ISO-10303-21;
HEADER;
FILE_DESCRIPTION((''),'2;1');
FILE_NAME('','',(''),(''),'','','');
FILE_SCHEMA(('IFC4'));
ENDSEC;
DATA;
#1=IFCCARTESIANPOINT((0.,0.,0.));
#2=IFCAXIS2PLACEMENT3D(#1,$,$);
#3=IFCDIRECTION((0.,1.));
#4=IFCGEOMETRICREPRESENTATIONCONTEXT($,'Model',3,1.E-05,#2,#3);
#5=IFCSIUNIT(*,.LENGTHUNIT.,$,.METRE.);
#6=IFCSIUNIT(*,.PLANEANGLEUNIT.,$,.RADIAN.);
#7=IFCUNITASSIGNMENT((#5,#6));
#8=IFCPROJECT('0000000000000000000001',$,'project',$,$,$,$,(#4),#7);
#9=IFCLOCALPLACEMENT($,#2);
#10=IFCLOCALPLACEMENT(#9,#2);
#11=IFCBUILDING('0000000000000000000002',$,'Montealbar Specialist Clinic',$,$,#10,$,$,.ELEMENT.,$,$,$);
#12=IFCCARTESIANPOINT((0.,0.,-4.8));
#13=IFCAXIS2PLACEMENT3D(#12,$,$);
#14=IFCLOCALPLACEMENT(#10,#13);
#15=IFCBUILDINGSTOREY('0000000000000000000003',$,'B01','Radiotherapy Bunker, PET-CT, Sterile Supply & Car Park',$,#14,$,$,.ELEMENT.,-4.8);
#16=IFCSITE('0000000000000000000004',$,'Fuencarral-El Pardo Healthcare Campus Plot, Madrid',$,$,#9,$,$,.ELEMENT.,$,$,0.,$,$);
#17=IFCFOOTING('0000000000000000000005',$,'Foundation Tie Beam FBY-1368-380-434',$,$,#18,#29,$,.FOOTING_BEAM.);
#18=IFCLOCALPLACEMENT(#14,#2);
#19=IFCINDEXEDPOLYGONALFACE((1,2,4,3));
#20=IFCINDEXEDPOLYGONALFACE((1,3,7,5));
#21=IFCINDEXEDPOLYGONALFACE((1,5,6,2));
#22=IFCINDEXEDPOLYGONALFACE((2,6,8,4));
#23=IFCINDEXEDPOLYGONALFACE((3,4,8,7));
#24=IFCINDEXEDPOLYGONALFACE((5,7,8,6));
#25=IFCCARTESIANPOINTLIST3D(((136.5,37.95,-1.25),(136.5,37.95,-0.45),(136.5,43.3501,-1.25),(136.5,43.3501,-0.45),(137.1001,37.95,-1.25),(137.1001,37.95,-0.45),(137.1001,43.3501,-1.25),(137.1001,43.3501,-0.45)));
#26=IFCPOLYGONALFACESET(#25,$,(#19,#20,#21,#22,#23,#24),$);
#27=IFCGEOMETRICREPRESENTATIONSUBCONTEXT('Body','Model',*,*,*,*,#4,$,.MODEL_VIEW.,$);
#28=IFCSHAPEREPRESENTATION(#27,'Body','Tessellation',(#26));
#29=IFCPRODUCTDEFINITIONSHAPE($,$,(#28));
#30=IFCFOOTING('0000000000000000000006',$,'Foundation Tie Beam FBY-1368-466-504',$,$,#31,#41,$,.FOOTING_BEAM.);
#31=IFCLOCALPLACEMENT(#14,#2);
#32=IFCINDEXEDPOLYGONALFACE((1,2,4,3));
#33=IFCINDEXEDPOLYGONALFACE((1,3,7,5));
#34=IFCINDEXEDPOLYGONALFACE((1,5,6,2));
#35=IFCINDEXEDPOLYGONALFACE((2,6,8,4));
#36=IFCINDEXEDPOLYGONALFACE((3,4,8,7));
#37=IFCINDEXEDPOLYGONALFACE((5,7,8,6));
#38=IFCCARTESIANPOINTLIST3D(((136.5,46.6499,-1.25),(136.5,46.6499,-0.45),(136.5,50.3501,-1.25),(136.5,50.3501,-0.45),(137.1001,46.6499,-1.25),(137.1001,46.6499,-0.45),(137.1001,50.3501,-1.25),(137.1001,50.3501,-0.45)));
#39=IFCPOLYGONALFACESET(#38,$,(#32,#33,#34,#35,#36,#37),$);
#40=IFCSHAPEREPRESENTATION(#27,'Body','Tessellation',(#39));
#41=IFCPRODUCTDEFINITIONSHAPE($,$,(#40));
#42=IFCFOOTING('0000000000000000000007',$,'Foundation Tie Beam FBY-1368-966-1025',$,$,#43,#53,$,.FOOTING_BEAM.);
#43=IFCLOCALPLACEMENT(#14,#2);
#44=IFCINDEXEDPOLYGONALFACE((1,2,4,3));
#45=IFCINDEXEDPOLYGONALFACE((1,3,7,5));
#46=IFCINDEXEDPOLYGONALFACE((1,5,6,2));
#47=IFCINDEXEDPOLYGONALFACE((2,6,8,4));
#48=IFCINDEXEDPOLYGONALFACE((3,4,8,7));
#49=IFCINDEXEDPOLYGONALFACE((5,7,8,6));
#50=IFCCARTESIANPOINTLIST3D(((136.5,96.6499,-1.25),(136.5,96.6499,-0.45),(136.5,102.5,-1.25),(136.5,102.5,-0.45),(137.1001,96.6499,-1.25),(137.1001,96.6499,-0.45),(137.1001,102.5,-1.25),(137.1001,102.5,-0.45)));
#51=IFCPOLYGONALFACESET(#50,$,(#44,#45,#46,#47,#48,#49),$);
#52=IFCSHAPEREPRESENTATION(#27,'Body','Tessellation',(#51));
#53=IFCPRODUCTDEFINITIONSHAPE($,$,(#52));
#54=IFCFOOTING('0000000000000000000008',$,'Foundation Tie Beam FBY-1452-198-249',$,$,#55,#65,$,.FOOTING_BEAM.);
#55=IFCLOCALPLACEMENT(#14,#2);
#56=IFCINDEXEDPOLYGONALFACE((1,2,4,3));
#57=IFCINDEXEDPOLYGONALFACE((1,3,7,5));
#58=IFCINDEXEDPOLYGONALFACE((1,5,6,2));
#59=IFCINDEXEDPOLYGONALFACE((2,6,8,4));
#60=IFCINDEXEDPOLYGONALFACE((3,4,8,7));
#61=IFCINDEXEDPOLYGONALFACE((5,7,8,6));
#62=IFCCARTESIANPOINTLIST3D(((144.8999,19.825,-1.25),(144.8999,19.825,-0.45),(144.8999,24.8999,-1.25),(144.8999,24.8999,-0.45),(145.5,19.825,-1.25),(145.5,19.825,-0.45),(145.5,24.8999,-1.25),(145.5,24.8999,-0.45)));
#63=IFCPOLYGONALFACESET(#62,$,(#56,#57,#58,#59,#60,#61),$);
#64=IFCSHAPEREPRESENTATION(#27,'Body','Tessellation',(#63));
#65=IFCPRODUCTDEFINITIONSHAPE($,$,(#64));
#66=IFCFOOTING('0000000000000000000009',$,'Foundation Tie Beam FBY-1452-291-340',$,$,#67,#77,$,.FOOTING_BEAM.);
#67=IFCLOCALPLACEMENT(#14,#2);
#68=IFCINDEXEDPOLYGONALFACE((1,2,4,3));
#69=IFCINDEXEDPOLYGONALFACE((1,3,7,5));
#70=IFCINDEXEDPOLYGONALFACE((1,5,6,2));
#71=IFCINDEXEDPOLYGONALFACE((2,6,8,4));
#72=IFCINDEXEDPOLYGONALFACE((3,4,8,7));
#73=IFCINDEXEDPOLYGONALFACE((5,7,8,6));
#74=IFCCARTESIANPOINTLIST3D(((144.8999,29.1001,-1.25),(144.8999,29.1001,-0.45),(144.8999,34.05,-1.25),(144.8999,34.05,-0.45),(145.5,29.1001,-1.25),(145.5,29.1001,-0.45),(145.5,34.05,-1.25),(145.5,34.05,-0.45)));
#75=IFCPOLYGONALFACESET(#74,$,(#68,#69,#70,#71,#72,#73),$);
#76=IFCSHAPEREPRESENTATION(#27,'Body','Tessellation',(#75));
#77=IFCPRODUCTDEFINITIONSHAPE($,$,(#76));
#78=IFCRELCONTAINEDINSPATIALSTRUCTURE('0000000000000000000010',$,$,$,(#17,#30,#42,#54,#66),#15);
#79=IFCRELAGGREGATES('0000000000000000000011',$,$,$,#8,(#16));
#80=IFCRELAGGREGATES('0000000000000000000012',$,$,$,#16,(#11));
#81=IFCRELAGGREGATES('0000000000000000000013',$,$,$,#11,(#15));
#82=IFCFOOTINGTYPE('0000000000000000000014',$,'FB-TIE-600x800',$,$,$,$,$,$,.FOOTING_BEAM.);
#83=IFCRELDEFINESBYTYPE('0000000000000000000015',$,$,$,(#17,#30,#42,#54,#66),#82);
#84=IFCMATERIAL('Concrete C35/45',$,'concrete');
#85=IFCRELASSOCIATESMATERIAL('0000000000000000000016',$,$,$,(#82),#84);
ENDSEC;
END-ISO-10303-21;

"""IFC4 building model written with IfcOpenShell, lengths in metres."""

from ifc_helpers import new_model, si_unit, direction, frame, origin, place, context, subcontext, project, spatial, polyline, outline, extrude, material, type_object, element, save


model = new_model("IFC4")

# Units and contexts
model_context = context("Model", 3, precision=1e-05, world=origin(), true_north=direction((0.0, 1.0)))
body_context = subcontext(model_context, "Body", "Model", "MODEL_VIEW")
ifc_project = project(units=[si_unit("LENGTHUNIT", "METRE"), si_unit("PLANEANGLEUNIT", "RADIAN")], contexts=[model_context])

# Site, building, storey
site_placement = place(None, origin())
site = spatial("IfcSite", under=ifc_project, at=site_placement, Name="Fuencarral-El Pardo Healthcare Campus Plot, Madrid", CompositionType="ELEMENT", RefElevation=0.0)
building_placement = place(site_placement, origin())
building = spatial("IfcBuilding", under=site, at=building_placement, Name="Montealbar Specialist Clinic", CompositionType="ELEMENT")
storey_placement = place(building_placement, frame((0.0, 0.0, -4.8)))
storey = spatial("IfcBuildingStorey", under=building, at=storey_placement, Name="B01", Description="Radiotherapy Bunker, PET-CT, Sterile Supply & Car Park", CompositionType="ELEMENT", Elevation=-4.8)

# Footings
ifc_material = material(Name="Concrete C35/45", Category="concrete")
footing_type = type_object("IfcFootingType", Name="FB-TIE-600x800", PredefinedType="FOOTING_BEAM", material=ifc_material)
footing_1_placement = place(storey_placement, frame((0.0, 0.0, -1.25)))
element("IfcFooting", 1, at=footing_1_placement, inside=storey, type_object=footing_type, Name="Foundation Tie Beam FBY-1368-380-434", PredefinedType="FOOTING_BEAM", context=body_context, shape_type="SweptSolid", body=[
    extrude(outline(polyline([(136.5, 37.95), (137.1001, 37.95), (137.1001, 43.3501), (136.5, 43.3501), (136.5, 37.95)])), origin(), (0.0, 0.0, 1.0), 0.8),
])
footing_2_placement = place(storey_placement, frame((0.0, 0.0, -1.25)))
element("IfcFooting", 2, at=footing_2_placement, inside=storey, type_object=footing_type, Name="Foundation Tie Beam FBY-1368-466-504", PredefinedType="FOOTING_BEAM", context=body_context, shape_type="SweptSolid", body=[
    extrude(outline(polyline([(136.5, 46.6499), (137.1001, 46.6499), (137.1001, 50.3501), (136.5, 50.3501), (136.5, 46.6499)])), origin(), (0.0, 0.0, 1.0), 0.8),
])
footing_3_placement = place(storey_placement, frame((0.0, 0.0, -1.25)))
element("IfcFooting", 3, at=footing_3_placement, inside=storey, type_object=footing_type, Name="Foundation Tie Beam FBY-1368-966-1025", PredefinedType="FOOTING_BEAM", context=body_context, shape_type="SweptSolid", body=[
    extrude(outline(polyline([(136.5, 96.6499), (137.1001, 96.6499), (137.1001, 102.5), (136.5, 102.5), (136.5, 96.6499)])), origin(), (0.0, 0.0, 1.0), 0.8),
])
footing_4_placement = place(storey_placement, frame((0.0, 0.0, -1.25)))
element("IfcFooting", 4, at=footing_4_placement, inside=storey, type_object=footing_type, Name="Foundation Tie Beam FBY-1452-198-249", PredefinedType="FOOTING_BEAM", context=body_context, shape_type="SweptSolid", body=[
    extrude(outline(polyline([(144.8999, 19.825), (145.5, 19.825), (145.5, 24.8999), (144.8999, 24.8999), (144.8999, 19.825)])), origin(), (0.0, 0.0, 1.0), 0.8),
])
footing_5_placement = place(storey_placement, frame((0.0, 0.0, -1.25)))
element("IfcFooting", 5, at=footing_5_placement, inside=storey, type_object=footing_type, Name="Foundation Tie Beam FBY-1452-291-340", PredefinedType="FOOTING_BEAM", context=body_context, shape_type="SweptSolid", body=[
    extrude(outline(polyline([(144.8999, 29.1001), (145.5, 29.1001), (145.5, 34.05), (144.8999, 34.05), (144.8999, 29.1001)])), origin(), (0.0, 0.0, 1.0), 0.8),
])

save(model, "model.ifc")
